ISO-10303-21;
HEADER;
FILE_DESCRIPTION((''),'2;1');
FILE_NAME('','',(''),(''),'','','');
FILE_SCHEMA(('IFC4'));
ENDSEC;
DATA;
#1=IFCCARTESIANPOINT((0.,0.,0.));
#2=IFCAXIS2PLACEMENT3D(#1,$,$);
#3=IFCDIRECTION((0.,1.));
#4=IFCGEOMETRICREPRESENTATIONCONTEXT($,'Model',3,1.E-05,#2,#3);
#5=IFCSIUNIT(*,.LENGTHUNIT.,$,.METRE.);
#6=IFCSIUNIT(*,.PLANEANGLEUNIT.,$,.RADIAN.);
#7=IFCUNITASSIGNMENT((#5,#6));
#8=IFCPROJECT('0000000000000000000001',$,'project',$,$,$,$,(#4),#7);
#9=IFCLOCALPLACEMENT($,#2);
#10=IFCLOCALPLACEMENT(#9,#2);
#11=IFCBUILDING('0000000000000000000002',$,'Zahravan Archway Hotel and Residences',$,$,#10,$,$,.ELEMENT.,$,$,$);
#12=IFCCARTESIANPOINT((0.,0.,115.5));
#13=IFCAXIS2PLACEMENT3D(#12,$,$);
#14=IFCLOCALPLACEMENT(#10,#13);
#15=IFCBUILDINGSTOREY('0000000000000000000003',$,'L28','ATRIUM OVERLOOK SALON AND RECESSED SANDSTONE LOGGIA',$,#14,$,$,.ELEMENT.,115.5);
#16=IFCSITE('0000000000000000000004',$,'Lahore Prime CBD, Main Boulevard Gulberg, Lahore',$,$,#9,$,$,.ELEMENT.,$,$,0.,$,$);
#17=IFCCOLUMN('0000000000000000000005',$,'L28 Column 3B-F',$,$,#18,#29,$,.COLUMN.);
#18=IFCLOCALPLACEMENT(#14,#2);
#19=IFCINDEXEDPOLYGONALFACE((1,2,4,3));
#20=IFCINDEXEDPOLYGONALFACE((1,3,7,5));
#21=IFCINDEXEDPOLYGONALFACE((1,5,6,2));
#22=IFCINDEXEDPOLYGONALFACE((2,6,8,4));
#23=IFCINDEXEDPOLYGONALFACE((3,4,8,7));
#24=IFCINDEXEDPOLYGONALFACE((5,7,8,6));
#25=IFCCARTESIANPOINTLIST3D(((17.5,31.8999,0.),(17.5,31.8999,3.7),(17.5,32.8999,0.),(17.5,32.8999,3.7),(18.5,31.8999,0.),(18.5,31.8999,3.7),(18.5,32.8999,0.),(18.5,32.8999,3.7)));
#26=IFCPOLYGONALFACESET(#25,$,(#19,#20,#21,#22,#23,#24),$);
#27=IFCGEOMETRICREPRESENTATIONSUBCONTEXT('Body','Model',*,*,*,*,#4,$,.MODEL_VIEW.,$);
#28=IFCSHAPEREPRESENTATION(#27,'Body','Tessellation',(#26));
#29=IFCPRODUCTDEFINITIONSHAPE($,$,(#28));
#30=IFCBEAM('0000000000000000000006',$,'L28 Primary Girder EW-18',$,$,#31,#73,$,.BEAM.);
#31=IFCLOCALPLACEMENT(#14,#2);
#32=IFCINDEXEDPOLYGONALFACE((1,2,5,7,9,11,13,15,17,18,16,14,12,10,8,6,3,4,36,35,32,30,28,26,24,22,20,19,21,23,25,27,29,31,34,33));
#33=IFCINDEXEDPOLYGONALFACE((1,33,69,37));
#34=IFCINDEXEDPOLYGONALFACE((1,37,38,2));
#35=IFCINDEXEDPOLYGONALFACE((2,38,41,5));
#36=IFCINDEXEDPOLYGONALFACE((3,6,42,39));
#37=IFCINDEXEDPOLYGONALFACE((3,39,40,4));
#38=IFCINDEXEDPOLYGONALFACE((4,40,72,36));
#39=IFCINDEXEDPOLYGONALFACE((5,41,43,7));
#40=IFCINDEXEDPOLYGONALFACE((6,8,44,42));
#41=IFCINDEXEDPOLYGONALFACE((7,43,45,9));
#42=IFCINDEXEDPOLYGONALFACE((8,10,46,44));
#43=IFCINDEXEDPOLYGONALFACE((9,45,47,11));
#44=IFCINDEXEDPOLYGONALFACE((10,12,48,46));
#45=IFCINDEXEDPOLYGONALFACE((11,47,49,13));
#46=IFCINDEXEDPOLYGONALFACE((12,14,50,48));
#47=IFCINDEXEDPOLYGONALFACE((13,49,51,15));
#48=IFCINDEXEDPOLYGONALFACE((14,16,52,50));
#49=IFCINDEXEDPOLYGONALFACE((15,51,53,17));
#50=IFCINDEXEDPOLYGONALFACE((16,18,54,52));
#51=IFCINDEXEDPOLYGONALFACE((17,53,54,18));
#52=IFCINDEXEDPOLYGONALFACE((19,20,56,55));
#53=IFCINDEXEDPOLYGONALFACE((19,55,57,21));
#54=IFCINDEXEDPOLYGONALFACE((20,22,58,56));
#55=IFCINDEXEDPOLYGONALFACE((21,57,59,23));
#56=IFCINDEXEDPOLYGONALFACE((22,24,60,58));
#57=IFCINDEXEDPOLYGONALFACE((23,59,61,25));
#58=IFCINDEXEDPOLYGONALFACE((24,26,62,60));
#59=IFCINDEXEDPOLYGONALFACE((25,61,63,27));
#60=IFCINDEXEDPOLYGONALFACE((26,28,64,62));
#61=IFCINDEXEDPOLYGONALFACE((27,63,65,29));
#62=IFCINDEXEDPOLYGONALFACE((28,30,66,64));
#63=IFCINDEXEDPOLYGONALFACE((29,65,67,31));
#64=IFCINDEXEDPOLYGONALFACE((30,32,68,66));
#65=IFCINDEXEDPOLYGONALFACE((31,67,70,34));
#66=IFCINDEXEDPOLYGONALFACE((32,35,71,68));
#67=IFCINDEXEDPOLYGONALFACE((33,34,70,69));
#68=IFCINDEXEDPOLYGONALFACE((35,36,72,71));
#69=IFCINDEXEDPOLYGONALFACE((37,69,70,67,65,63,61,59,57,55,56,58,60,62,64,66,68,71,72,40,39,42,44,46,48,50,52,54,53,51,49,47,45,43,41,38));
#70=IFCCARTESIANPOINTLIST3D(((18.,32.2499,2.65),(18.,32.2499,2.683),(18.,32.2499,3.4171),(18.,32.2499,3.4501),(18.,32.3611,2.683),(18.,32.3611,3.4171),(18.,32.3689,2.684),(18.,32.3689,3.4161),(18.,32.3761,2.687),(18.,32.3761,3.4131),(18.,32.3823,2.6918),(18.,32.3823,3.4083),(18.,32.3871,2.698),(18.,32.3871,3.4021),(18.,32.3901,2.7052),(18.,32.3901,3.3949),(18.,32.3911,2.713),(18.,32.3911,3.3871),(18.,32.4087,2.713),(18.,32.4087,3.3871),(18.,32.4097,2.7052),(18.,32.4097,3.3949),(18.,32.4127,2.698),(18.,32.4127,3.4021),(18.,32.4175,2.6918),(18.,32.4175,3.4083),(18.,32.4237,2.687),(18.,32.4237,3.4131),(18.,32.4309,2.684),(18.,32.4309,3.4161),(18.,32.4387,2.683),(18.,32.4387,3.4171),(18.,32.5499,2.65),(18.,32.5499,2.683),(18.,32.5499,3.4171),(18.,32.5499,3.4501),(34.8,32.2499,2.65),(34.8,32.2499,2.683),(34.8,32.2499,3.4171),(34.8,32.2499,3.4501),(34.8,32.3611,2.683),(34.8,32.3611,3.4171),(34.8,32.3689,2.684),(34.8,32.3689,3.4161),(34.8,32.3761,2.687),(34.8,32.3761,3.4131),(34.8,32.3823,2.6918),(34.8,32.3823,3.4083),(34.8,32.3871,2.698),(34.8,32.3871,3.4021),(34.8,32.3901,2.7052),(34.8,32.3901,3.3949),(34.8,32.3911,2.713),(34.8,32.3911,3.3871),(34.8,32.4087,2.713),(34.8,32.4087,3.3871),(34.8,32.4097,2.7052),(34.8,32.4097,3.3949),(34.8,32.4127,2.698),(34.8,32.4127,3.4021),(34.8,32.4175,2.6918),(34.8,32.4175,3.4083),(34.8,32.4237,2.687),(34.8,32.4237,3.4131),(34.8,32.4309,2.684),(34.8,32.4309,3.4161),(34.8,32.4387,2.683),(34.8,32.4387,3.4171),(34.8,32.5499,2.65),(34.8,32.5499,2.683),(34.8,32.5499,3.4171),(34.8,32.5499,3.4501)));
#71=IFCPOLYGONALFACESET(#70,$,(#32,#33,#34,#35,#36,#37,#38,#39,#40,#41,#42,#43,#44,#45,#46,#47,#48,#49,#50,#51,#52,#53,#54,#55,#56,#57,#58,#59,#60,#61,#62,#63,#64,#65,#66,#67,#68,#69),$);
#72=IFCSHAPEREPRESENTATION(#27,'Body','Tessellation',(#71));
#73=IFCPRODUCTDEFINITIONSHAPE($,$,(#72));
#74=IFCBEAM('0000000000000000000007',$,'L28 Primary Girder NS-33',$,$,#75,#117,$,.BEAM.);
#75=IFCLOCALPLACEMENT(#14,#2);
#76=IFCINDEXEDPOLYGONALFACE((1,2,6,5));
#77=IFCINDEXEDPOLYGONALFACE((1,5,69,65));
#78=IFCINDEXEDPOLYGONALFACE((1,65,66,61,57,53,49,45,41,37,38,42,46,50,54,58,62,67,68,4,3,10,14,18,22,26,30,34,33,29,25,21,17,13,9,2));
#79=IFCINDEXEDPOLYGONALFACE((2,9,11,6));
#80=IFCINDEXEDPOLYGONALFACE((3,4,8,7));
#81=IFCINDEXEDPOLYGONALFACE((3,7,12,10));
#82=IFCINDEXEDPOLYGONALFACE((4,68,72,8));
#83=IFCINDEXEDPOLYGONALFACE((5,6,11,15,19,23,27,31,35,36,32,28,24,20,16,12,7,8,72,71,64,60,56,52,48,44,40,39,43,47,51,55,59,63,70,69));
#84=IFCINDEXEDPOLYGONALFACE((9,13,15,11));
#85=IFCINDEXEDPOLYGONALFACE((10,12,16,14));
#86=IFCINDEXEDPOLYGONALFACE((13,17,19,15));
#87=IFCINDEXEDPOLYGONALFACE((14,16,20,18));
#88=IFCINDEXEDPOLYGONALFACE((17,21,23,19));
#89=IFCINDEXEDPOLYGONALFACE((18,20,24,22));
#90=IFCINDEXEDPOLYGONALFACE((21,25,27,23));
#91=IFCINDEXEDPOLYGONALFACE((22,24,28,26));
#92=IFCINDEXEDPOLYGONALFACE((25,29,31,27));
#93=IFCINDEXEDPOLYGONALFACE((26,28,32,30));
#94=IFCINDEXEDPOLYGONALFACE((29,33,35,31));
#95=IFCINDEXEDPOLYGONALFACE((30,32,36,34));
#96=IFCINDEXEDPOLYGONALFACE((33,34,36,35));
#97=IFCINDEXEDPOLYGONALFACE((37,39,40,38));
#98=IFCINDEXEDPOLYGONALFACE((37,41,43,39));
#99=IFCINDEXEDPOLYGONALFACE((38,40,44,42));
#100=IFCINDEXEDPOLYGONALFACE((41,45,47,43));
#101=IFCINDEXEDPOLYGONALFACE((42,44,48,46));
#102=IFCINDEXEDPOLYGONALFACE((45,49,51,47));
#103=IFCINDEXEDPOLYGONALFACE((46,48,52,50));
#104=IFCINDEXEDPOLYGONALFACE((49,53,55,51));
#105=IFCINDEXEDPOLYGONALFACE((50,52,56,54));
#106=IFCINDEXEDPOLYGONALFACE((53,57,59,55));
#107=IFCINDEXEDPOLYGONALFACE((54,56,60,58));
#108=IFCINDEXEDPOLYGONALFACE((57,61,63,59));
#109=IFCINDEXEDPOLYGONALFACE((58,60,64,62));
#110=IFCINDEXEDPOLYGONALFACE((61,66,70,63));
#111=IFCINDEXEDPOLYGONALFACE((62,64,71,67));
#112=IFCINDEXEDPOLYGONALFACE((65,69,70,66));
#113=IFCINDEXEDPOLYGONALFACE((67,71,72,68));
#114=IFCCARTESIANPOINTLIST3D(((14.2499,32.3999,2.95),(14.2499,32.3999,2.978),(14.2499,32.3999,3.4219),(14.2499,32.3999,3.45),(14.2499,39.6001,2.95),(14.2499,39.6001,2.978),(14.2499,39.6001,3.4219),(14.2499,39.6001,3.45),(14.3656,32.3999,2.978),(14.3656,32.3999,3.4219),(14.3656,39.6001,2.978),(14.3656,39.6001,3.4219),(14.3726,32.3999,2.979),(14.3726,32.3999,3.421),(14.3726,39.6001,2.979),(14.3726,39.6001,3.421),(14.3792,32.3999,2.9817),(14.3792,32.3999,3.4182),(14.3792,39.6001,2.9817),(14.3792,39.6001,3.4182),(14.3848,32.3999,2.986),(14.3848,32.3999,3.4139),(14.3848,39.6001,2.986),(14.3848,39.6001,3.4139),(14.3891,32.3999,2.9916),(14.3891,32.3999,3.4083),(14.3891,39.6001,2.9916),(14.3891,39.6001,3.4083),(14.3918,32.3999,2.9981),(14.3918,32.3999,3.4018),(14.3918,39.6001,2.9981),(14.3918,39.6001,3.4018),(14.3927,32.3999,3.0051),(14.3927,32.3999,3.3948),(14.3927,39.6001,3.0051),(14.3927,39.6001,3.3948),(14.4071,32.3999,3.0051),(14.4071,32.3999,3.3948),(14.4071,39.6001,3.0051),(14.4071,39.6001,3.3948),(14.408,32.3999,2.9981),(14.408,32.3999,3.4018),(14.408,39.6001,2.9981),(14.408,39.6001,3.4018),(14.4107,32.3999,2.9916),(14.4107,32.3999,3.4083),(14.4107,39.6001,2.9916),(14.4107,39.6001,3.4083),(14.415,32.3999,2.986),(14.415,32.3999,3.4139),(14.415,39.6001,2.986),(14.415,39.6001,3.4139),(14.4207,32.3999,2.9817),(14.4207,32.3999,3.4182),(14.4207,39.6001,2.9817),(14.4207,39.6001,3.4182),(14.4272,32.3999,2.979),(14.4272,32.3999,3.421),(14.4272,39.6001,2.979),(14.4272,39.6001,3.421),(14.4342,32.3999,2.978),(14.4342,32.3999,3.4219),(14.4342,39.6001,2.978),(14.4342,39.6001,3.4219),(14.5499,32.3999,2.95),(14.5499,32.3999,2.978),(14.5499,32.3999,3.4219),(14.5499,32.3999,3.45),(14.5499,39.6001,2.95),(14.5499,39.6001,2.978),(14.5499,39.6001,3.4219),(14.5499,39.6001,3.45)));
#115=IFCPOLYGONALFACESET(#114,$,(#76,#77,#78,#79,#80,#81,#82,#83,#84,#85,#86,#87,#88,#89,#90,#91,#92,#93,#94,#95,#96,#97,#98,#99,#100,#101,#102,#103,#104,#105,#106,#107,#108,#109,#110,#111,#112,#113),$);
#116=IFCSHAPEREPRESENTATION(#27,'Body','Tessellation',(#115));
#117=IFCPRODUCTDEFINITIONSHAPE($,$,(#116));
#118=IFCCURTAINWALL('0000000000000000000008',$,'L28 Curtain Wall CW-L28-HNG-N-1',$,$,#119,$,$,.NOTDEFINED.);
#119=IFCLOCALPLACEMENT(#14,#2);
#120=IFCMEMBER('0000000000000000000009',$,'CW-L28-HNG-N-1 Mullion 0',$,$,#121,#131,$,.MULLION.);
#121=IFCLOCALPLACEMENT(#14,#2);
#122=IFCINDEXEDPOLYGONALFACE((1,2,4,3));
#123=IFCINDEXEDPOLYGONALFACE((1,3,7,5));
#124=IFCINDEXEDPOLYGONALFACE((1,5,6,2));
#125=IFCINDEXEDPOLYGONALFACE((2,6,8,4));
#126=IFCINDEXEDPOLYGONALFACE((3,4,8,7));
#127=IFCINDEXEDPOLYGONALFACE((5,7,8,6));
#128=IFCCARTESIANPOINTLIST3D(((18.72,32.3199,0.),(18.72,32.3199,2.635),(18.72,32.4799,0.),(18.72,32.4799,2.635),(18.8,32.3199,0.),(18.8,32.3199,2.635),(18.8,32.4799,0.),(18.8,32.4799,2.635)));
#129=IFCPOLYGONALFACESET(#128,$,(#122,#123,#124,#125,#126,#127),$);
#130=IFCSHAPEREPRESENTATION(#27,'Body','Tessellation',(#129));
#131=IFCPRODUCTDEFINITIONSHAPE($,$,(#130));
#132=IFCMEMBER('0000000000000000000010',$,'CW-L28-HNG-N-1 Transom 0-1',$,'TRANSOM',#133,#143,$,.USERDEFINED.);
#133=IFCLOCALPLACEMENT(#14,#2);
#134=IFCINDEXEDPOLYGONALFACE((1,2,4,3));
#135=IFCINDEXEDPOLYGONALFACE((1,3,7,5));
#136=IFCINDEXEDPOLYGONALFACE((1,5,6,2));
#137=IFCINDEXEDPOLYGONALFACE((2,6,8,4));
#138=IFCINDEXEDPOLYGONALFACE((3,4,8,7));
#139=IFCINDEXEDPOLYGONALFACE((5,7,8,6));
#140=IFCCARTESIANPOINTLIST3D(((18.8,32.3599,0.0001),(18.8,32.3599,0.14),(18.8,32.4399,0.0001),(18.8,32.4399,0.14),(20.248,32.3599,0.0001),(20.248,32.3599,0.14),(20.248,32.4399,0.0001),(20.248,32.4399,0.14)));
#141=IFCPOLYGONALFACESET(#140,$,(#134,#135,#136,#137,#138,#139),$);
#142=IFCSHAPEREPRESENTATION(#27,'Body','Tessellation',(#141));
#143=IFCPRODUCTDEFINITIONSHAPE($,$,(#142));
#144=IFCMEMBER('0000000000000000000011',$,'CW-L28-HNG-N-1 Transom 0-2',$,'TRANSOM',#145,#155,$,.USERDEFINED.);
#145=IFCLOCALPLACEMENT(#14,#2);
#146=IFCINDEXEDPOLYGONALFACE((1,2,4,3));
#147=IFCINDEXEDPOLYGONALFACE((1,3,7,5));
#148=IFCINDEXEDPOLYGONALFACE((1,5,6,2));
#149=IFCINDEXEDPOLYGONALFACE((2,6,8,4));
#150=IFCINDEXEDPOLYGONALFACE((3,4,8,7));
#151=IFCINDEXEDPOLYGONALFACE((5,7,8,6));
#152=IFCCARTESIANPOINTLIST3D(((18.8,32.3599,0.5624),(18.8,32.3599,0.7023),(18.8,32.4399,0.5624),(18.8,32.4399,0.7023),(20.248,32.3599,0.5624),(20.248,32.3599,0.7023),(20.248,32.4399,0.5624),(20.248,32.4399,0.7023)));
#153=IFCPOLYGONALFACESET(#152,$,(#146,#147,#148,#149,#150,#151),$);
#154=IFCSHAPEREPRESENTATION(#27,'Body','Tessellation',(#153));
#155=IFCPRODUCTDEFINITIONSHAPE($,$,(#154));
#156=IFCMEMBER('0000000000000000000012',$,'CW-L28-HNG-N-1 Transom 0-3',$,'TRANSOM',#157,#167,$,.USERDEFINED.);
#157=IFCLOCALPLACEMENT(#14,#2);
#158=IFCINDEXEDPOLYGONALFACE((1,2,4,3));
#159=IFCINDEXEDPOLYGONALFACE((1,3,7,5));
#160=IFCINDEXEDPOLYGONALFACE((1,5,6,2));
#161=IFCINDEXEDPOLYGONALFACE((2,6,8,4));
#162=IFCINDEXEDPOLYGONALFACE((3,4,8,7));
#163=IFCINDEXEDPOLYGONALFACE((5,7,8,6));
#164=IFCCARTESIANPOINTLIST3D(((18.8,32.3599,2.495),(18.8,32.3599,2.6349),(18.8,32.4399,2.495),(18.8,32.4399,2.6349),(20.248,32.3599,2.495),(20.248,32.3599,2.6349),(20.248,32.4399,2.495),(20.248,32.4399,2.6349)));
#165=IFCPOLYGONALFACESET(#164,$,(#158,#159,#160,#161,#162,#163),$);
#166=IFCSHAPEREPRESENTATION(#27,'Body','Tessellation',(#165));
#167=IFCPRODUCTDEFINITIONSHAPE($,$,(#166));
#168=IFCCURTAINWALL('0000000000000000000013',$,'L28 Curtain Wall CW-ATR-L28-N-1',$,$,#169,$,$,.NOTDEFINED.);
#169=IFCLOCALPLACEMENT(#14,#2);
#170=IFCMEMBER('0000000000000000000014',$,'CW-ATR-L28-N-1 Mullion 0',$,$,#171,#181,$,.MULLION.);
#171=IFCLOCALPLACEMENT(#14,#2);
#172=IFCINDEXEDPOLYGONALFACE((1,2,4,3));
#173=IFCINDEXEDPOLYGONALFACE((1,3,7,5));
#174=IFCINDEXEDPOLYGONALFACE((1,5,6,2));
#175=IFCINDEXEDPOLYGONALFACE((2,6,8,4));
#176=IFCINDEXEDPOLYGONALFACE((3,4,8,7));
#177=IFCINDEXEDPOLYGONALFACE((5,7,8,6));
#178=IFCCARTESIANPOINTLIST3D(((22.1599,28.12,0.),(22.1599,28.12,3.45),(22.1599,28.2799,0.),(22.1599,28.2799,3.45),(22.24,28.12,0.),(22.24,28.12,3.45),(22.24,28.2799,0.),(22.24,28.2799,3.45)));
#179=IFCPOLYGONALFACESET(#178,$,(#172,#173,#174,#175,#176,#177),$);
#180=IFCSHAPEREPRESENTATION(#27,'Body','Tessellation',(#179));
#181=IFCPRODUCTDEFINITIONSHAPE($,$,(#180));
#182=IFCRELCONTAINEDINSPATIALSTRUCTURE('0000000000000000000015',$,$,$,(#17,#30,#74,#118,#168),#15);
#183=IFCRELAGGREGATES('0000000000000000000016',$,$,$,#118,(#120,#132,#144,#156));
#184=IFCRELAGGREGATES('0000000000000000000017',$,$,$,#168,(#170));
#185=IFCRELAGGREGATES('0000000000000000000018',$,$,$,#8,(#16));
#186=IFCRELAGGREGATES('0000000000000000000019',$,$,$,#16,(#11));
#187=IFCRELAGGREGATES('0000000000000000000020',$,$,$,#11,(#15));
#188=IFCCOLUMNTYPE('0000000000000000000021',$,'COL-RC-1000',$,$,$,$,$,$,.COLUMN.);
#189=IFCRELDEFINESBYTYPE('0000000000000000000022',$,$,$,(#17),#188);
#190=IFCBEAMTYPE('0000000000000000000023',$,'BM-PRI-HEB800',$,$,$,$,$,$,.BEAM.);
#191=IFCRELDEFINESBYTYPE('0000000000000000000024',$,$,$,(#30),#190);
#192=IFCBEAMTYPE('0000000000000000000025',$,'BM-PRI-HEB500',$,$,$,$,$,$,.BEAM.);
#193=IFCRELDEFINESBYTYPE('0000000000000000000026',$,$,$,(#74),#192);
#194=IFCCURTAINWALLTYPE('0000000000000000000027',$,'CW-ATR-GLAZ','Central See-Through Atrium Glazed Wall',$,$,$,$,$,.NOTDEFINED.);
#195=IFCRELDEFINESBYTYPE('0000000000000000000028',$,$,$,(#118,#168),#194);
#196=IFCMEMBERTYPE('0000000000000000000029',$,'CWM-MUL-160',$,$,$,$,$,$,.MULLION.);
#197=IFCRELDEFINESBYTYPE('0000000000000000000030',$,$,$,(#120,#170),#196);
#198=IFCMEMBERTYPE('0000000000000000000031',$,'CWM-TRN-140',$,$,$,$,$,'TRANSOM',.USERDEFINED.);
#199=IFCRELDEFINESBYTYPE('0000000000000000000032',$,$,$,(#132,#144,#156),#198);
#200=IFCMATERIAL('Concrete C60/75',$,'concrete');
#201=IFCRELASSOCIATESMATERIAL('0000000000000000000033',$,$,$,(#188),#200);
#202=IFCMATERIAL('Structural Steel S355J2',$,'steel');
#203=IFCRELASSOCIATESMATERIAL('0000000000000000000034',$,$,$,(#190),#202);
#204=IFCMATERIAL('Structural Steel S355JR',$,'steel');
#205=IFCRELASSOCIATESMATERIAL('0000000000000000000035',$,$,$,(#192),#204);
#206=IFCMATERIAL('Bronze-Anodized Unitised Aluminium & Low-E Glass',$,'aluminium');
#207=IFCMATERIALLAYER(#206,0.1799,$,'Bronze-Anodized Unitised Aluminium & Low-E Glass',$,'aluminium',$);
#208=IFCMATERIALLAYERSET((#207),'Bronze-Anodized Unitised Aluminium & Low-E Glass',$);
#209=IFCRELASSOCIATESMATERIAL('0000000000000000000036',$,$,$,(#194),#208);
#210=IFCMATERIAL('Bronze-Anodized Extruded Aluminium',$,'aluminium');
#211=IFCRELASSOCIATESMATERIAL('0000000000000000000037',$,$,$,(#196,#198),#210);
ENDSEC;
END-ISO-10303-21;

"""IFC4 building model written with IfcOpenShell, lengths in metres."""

from ifc_helpers import new_model, si_unit, direction, frame, origin, origin_2d, place, context, subcontext, project, spatial, rectangle, i_section, extrude, source, transform, mapped, material, layer, layer_set, material_profile, profile_set, type_object, type_shapes, element, aggregate, save


model = new_model("IFC4")

# Units and contexts
model_context = context("Model", 3, precision=1e-05, world=origin(), true_north=direction((0.0, 1.0)))
body_context = subcontext(model_context, "Body", "Model", "MODEL_VIEW")
ifc_project = project(units=[si_unit("LENGTHUNIT", "METRE"), si_unit("PLANEANGLEUNIT", "RADIAN")], contexts=[model_context])

# Site, building, storey
site_placement = place(None, origin())
site = spatial("IfcSite", under=ifc_project, at=site_placement, Name="Lahore Prime CBD, Main Boulevard Gulberg, Lahore", CompositionType="ELEMENT", RefElevation=0.0)
building_placement = place(site_placement, origin())
building = spatial("IfcBuilding", under=site, at=building_placement, Name="Zahravan Archway Hotel and Residences", CompositionType="ELEMENT")
storey_placement = place(building_placement, frame((0.0, 0.0, 115.5)))
storey = spatial("IfcBuildingStorey", under=building, at=storey_placement, Name="L28", Description="ATRIUM OVERLOOK SALON AND RECESSED SANDSTONE LOGGIA", CompositionType="ELEMENT", Elevation=115.5)

# Column
ifc_material_1 = material(Name="Concrete C60/75", Category="concrete")
ifc_material_profile_1 = material_profile(ifc_material_1, rectangle(XDim=1.0, YDim=1.0, at=origin_2d()), Name="RC-COL-1000x1000", Category="concrete")
ifc_profile_set_1 = profile_set([ifc_material_profile_1], Name="Concrete C60/75")
column_type = type_object("IfcColumnType", Name="COL-RC-1000", PredefinedType="COLUMN", material=ifc_profile_set_1)
shared_shape_1 = source(origin(), body_context, "Body", "SweptSolid", [
    extrude(rectangle(XDim=1.0, YDim=1.0, at=origin_2d()), origin(), (0.0, 0.0, 1.0), 3.7),
])
type_shapes(column_type, [shared_shape_1])
column_placement = place(storey_placement, frame((18.0, 32.3999, 0.0), z_axis=(0.0, 0.0, 1.0), x_axis=(1.0, 0.0, 0.0)))
element("IfcColumn", 1, at=column_placement, inside=storey, type_object=column_type, Name="L28 Column 3B-F", PredefinedType="COLUMN", context=body_context, shape_type="MappedRepresentation", body=[
    mapped(shared_shape_1, transform((0.0, 0.0, 0.0), scale=1.0)),
])

# Beams
ifc_material_2 = material(Name="Structural Steel S355J2", Category="steel")
ifc_material_profile_2 = material_profile(ifc_material_2, i_section(OverallWidth=0.3, OverallDepth=0.8, WebThickness=0.0176, FlangeThickness=0.033, FilletRadius=0.03, at=origin_2d()), Name="HEB 800", Category="steel")
ifc_profile_set_2 = profile_set([ifc_material_profile_2], Name="Structural Steel S355J2")
beam_type_1 = type_object("IfcBeamType", Name="BM-PRI-HEB800", PredefinedType="BEAM", material=ifc_profile_set_2)
shared_shape_2 = source(origin(), body_context, "Body", "SweptSolid", [
    extrude(i_section(OverallWidth=0.3, OverallDepth=0.8, WebThickness=0.0176, FlangeThickness=0.033, FilletRadius=0.03, at=origin_2d()), origin(), (0.0, 0.0, 1.0), 16.8),
])
type_shapes(beam_type_1, [shared_shape_2])
beam_1_placement = place(storey_placement, frame((18.0, 32.3999, 3.05), z_axis=(1.0, 0.0, 0.0), x_axis=(0.0, 1.0, 0.0)))
element("IfcBeam", 2, at=beam_1_placement, inside=storey, type_object=beam_type_1, Name="L28 Primary Girder EW-18", PredefinedType="BEAM", context=body_context, shape_type="MappedRepresentation", body=[
    mapped(shared_shape_2, transform((0.0, 0.0, 0.0), scale=1.0)),
])
ifc_material_3 = material(Name="Structural Steel S355JR", Category="steel")
ifc_material_profile_3 = material_profile(ifc_material_3, i_section(OverallWidth=0.3, OverallDepth=0.5, WebThickness=0.0144, FlangeThickness=0.0281, FilletRadius=0.0271, at=origin_2d()), Name="HEB 500", Category="steel")
ifc_profile_set_3 = profile_set([ifc_material_profile_3], Name="Structural Steel S355JR")
beam_type_2 = type_object("IfcBeamType", Name="BM-PRI-HEB500", PredefinedType="BEAM", material=ifc_profile_set_3)
shared_shape_3 = source(origin(), body_context, "Body", "SweptSolid", [
    extrude(i_section(OverallWidth=0.3, OverallDepth=0.5, WebThickness=0.0144, FlangeThickness=0.0281, FilletRadius=0.0271, at=origin_2d()), origin(), (0.0, 0.0, 1.0), 7.2002),
])
type_shapes(beam_type_2, [shared_shape_3])
beam_2_placement = place(storey_placement, frame((14.3999, 32.3999, 3.2), z_axis=(0.0, 1.0, 0.0), x_axis=(-1.0, 0.0, 0.0)))
element("IfcBeam", 3, at=beam_2_placement, inside=storey, type_object=beam_type_2, Name="L28 Primary Girder NS-33", PredefinedType="BEAM", context=body_context, shape_type="MappedRepresentation", body=[
    mapped(shared_shape_3, transform((0.0, 0.0, 0.0), scale=1.0)),
])

# Curtain walls, members
ifc_material_4 = material(Name="Bronze-Anodized Unitised Aluminium & Low-E Glass", Category="aluminium")
ifc_layer_1 = layer(ifc_material_4, 0.1799, Name="Bronze-Anodized Unitised Aluminium & Low-E Glass", Category="aluminium")
ifc_layer_set_1 = layer_set([ifc_layer_1], Name="Bronze-Anodized Unitised Aluminium & Low-E Glass")
curtain_wall_type = type_object("IfcCurtainWallType", Name="CW-ATR-GLAZ", Description="Central See-Through Atrium Glazed Wall", PredefinedType="NOTDEFINED", material=ifc_layer_set_1)
curtain_wall_1_placement = place(storey_placement, origin())
curtain_wall_1 = element("IfcCurtainWall", 4, at=curtain_wall_1_placement, inside=storey, type_object=curtain_wall_type, Name="L28 Curtain Wall CW-L28-HNG-N-1", PredefinedType="NOTDEFINED")
ifc_material_5 = material(Name="Bronze-Anodized Extruded Aluminium", Category="aluminium")
ifc_material_profile_4 = material_profile(ifc_material_5, rectangle(XDim=0.0801, YDim=0.1599, at=origin_2d()), Name="MUL 80x160", Category="aluminium")
ifc_profile_set_4 = profile_set([ifc_material_profile_4], Name="Bronze-Anodized Extruded Aluminium")
member_type_1 = type_object("IfcMemberType", Name="CWM-MUL-160", PredefinedType="MULLION", material=ifc_profile_set_4)
shared_shape_4 = source(origin(), body_context, "Body", "SweptSolid", [
    extrude(rectangle(XDim=0.0801, YDim=0.1599, at=origin_2d()), origin(), (0.0, 0.0, 1.0), 2.635),
])
member_1_placement = place(storey_placement, frame((18.76, 32.3999, 0.0), z_axis=(0.0, 0.0, 1.0), x_axis=(1.0, 0.0, 0.0)))
member_1 = element("IfcMember", 5, at=member_1_placement, type_object=member_type_1, Name="CW-L28-HNG-N-1 Mullion 0", PredefinedType="MULLION", context=body_context, shape_type="MappedRepresentation", body=[
    mapped(shared_shape_4, transform((0.0, 0.0, 0.0), scale=1.0)),
])
ifc_material_profile_5 = material_profile(ifc_material_5, rectangle(XDim=0.0801, YDim=0.1399, at=origin_2d()), Name="TRN 80x140", Category="aluminium")
ifc_profile_set_5 = profile_set([ifc_material_profile_5], Name="Bronze-Anodized Extruded Aluminium")
member_type_2 = type_object("IfcMemberType", Name="CWM-TRN-140", ElementType="TRANSOM", PredefinedType="USERDEFINED", material=ifc_profile_set_5)
shared_shape_5 = source(origin(), body_context, "Body", "SweptSolid", [
    extrude(rectangle(XDim=0.0801, YDim=0.1399, at=origin_2d()), origin(), (0.0, 0.0, 1.0), 1.448),
])
member_2_placement = place(storey_placement, frame((18.8, 32.3999, 0.0701), z_axis=(1.0, 0.0, 0.0), x_axis=(0.0, 1.0, 0.0)))
member_2 = element("IfcMember", 6, at=member_2_placement, type_object=member_type_2, Name="CW-L28-HNG-N-1 Transom 0-1", ObjectType="TRANSOM", PredefinedType="USERDEFINED", context=body_context, shape_type="MappedRepresentation", body=[
    mapped(shared_shape_5, transform((0.0, 0.0, 0.0), scale=1.0)),
])
member_3_placement = place(storey_placement, frame((18.8, 32.3999, 0.6323), z_axis=(1.0, 0.0, 0.0), x_axis=(0.0, 1.0, 0.0)))
member_3 = element("IfcMember", 7, at=member_3_placement, type_object=member_type_2, Name="CW-L28-HNG-N-1 Transom 0-2", ObjectType="TRANSOM", PredefinedType="USERDEFINED", context=body_context, shape_type="MappedRepresentation", body=[
    mapped(shared_shape_5, transform((0.0, 0.0, 0.0), scale=1.0)),
])
member_4_placement = place(storey_placement, frame((18.8, 32.3999, 2.5649), z_axis=(1.0, 0.0, 0.0), x_axis=(0.0, 1.0, 0.0)))
member_4 = element("IfcMember", 8, at=member_4_placement, type_object=member_type_2, Name="CW-L28-HNG-N-1 Transom 0-3", ObjectType="TRANSOM", PredefinedType="USERDEFINED", context=body_context, shape_type="MappedRepresentation", body=[
    mapped(shared_shape_5, transform((0.0, 0.0, 0.0), scale=1.0)),
])
curtain_wall_2_placement = place(storey_placement, origin())
curtain_wall_2 = element("IfcCurtainWall", 9, at=curtain_wall_2_placement, inside=storey, type_object=curtain_wall_type, Name="L28 Curtain Wall CW-ATR-L28-N-1", PredefinedType="NOTDEFINED")
shared_shape_6 = source(origin(), body_context, "Body", "SweptSolid", [
    extrude(rectangle(XDim=0.0801, YDim=0.1599, at=origin_2d()), origin(), (0.0, 0.0, 1.0), 3.45),
])
member_5_placement = place(storey_placement, frame((22.2, 28.2, 0.0), z_axis=(0.0, 0.0, 1.0), x_axis=(1.0, 0.0, 0.0)))
member_5 = element("IfcMember", 10, at=member_5_placement, type_object=member_type_1, Name="CW-ATR-L28-N-1 Mullion 0", PredefinedType="MULLION", context=body_context, shape_type="MappedRepresentation", body=[
    mapped(shared_shape_6, transform((0.0, 0.0, 0.0), scale=1.0)),
])

aggregate(curtain_wall_1, [member_1, member_2, member_3, member_4])
aggregate(curtain_wall_2, [member_5])

save(model, "model.ifc")
